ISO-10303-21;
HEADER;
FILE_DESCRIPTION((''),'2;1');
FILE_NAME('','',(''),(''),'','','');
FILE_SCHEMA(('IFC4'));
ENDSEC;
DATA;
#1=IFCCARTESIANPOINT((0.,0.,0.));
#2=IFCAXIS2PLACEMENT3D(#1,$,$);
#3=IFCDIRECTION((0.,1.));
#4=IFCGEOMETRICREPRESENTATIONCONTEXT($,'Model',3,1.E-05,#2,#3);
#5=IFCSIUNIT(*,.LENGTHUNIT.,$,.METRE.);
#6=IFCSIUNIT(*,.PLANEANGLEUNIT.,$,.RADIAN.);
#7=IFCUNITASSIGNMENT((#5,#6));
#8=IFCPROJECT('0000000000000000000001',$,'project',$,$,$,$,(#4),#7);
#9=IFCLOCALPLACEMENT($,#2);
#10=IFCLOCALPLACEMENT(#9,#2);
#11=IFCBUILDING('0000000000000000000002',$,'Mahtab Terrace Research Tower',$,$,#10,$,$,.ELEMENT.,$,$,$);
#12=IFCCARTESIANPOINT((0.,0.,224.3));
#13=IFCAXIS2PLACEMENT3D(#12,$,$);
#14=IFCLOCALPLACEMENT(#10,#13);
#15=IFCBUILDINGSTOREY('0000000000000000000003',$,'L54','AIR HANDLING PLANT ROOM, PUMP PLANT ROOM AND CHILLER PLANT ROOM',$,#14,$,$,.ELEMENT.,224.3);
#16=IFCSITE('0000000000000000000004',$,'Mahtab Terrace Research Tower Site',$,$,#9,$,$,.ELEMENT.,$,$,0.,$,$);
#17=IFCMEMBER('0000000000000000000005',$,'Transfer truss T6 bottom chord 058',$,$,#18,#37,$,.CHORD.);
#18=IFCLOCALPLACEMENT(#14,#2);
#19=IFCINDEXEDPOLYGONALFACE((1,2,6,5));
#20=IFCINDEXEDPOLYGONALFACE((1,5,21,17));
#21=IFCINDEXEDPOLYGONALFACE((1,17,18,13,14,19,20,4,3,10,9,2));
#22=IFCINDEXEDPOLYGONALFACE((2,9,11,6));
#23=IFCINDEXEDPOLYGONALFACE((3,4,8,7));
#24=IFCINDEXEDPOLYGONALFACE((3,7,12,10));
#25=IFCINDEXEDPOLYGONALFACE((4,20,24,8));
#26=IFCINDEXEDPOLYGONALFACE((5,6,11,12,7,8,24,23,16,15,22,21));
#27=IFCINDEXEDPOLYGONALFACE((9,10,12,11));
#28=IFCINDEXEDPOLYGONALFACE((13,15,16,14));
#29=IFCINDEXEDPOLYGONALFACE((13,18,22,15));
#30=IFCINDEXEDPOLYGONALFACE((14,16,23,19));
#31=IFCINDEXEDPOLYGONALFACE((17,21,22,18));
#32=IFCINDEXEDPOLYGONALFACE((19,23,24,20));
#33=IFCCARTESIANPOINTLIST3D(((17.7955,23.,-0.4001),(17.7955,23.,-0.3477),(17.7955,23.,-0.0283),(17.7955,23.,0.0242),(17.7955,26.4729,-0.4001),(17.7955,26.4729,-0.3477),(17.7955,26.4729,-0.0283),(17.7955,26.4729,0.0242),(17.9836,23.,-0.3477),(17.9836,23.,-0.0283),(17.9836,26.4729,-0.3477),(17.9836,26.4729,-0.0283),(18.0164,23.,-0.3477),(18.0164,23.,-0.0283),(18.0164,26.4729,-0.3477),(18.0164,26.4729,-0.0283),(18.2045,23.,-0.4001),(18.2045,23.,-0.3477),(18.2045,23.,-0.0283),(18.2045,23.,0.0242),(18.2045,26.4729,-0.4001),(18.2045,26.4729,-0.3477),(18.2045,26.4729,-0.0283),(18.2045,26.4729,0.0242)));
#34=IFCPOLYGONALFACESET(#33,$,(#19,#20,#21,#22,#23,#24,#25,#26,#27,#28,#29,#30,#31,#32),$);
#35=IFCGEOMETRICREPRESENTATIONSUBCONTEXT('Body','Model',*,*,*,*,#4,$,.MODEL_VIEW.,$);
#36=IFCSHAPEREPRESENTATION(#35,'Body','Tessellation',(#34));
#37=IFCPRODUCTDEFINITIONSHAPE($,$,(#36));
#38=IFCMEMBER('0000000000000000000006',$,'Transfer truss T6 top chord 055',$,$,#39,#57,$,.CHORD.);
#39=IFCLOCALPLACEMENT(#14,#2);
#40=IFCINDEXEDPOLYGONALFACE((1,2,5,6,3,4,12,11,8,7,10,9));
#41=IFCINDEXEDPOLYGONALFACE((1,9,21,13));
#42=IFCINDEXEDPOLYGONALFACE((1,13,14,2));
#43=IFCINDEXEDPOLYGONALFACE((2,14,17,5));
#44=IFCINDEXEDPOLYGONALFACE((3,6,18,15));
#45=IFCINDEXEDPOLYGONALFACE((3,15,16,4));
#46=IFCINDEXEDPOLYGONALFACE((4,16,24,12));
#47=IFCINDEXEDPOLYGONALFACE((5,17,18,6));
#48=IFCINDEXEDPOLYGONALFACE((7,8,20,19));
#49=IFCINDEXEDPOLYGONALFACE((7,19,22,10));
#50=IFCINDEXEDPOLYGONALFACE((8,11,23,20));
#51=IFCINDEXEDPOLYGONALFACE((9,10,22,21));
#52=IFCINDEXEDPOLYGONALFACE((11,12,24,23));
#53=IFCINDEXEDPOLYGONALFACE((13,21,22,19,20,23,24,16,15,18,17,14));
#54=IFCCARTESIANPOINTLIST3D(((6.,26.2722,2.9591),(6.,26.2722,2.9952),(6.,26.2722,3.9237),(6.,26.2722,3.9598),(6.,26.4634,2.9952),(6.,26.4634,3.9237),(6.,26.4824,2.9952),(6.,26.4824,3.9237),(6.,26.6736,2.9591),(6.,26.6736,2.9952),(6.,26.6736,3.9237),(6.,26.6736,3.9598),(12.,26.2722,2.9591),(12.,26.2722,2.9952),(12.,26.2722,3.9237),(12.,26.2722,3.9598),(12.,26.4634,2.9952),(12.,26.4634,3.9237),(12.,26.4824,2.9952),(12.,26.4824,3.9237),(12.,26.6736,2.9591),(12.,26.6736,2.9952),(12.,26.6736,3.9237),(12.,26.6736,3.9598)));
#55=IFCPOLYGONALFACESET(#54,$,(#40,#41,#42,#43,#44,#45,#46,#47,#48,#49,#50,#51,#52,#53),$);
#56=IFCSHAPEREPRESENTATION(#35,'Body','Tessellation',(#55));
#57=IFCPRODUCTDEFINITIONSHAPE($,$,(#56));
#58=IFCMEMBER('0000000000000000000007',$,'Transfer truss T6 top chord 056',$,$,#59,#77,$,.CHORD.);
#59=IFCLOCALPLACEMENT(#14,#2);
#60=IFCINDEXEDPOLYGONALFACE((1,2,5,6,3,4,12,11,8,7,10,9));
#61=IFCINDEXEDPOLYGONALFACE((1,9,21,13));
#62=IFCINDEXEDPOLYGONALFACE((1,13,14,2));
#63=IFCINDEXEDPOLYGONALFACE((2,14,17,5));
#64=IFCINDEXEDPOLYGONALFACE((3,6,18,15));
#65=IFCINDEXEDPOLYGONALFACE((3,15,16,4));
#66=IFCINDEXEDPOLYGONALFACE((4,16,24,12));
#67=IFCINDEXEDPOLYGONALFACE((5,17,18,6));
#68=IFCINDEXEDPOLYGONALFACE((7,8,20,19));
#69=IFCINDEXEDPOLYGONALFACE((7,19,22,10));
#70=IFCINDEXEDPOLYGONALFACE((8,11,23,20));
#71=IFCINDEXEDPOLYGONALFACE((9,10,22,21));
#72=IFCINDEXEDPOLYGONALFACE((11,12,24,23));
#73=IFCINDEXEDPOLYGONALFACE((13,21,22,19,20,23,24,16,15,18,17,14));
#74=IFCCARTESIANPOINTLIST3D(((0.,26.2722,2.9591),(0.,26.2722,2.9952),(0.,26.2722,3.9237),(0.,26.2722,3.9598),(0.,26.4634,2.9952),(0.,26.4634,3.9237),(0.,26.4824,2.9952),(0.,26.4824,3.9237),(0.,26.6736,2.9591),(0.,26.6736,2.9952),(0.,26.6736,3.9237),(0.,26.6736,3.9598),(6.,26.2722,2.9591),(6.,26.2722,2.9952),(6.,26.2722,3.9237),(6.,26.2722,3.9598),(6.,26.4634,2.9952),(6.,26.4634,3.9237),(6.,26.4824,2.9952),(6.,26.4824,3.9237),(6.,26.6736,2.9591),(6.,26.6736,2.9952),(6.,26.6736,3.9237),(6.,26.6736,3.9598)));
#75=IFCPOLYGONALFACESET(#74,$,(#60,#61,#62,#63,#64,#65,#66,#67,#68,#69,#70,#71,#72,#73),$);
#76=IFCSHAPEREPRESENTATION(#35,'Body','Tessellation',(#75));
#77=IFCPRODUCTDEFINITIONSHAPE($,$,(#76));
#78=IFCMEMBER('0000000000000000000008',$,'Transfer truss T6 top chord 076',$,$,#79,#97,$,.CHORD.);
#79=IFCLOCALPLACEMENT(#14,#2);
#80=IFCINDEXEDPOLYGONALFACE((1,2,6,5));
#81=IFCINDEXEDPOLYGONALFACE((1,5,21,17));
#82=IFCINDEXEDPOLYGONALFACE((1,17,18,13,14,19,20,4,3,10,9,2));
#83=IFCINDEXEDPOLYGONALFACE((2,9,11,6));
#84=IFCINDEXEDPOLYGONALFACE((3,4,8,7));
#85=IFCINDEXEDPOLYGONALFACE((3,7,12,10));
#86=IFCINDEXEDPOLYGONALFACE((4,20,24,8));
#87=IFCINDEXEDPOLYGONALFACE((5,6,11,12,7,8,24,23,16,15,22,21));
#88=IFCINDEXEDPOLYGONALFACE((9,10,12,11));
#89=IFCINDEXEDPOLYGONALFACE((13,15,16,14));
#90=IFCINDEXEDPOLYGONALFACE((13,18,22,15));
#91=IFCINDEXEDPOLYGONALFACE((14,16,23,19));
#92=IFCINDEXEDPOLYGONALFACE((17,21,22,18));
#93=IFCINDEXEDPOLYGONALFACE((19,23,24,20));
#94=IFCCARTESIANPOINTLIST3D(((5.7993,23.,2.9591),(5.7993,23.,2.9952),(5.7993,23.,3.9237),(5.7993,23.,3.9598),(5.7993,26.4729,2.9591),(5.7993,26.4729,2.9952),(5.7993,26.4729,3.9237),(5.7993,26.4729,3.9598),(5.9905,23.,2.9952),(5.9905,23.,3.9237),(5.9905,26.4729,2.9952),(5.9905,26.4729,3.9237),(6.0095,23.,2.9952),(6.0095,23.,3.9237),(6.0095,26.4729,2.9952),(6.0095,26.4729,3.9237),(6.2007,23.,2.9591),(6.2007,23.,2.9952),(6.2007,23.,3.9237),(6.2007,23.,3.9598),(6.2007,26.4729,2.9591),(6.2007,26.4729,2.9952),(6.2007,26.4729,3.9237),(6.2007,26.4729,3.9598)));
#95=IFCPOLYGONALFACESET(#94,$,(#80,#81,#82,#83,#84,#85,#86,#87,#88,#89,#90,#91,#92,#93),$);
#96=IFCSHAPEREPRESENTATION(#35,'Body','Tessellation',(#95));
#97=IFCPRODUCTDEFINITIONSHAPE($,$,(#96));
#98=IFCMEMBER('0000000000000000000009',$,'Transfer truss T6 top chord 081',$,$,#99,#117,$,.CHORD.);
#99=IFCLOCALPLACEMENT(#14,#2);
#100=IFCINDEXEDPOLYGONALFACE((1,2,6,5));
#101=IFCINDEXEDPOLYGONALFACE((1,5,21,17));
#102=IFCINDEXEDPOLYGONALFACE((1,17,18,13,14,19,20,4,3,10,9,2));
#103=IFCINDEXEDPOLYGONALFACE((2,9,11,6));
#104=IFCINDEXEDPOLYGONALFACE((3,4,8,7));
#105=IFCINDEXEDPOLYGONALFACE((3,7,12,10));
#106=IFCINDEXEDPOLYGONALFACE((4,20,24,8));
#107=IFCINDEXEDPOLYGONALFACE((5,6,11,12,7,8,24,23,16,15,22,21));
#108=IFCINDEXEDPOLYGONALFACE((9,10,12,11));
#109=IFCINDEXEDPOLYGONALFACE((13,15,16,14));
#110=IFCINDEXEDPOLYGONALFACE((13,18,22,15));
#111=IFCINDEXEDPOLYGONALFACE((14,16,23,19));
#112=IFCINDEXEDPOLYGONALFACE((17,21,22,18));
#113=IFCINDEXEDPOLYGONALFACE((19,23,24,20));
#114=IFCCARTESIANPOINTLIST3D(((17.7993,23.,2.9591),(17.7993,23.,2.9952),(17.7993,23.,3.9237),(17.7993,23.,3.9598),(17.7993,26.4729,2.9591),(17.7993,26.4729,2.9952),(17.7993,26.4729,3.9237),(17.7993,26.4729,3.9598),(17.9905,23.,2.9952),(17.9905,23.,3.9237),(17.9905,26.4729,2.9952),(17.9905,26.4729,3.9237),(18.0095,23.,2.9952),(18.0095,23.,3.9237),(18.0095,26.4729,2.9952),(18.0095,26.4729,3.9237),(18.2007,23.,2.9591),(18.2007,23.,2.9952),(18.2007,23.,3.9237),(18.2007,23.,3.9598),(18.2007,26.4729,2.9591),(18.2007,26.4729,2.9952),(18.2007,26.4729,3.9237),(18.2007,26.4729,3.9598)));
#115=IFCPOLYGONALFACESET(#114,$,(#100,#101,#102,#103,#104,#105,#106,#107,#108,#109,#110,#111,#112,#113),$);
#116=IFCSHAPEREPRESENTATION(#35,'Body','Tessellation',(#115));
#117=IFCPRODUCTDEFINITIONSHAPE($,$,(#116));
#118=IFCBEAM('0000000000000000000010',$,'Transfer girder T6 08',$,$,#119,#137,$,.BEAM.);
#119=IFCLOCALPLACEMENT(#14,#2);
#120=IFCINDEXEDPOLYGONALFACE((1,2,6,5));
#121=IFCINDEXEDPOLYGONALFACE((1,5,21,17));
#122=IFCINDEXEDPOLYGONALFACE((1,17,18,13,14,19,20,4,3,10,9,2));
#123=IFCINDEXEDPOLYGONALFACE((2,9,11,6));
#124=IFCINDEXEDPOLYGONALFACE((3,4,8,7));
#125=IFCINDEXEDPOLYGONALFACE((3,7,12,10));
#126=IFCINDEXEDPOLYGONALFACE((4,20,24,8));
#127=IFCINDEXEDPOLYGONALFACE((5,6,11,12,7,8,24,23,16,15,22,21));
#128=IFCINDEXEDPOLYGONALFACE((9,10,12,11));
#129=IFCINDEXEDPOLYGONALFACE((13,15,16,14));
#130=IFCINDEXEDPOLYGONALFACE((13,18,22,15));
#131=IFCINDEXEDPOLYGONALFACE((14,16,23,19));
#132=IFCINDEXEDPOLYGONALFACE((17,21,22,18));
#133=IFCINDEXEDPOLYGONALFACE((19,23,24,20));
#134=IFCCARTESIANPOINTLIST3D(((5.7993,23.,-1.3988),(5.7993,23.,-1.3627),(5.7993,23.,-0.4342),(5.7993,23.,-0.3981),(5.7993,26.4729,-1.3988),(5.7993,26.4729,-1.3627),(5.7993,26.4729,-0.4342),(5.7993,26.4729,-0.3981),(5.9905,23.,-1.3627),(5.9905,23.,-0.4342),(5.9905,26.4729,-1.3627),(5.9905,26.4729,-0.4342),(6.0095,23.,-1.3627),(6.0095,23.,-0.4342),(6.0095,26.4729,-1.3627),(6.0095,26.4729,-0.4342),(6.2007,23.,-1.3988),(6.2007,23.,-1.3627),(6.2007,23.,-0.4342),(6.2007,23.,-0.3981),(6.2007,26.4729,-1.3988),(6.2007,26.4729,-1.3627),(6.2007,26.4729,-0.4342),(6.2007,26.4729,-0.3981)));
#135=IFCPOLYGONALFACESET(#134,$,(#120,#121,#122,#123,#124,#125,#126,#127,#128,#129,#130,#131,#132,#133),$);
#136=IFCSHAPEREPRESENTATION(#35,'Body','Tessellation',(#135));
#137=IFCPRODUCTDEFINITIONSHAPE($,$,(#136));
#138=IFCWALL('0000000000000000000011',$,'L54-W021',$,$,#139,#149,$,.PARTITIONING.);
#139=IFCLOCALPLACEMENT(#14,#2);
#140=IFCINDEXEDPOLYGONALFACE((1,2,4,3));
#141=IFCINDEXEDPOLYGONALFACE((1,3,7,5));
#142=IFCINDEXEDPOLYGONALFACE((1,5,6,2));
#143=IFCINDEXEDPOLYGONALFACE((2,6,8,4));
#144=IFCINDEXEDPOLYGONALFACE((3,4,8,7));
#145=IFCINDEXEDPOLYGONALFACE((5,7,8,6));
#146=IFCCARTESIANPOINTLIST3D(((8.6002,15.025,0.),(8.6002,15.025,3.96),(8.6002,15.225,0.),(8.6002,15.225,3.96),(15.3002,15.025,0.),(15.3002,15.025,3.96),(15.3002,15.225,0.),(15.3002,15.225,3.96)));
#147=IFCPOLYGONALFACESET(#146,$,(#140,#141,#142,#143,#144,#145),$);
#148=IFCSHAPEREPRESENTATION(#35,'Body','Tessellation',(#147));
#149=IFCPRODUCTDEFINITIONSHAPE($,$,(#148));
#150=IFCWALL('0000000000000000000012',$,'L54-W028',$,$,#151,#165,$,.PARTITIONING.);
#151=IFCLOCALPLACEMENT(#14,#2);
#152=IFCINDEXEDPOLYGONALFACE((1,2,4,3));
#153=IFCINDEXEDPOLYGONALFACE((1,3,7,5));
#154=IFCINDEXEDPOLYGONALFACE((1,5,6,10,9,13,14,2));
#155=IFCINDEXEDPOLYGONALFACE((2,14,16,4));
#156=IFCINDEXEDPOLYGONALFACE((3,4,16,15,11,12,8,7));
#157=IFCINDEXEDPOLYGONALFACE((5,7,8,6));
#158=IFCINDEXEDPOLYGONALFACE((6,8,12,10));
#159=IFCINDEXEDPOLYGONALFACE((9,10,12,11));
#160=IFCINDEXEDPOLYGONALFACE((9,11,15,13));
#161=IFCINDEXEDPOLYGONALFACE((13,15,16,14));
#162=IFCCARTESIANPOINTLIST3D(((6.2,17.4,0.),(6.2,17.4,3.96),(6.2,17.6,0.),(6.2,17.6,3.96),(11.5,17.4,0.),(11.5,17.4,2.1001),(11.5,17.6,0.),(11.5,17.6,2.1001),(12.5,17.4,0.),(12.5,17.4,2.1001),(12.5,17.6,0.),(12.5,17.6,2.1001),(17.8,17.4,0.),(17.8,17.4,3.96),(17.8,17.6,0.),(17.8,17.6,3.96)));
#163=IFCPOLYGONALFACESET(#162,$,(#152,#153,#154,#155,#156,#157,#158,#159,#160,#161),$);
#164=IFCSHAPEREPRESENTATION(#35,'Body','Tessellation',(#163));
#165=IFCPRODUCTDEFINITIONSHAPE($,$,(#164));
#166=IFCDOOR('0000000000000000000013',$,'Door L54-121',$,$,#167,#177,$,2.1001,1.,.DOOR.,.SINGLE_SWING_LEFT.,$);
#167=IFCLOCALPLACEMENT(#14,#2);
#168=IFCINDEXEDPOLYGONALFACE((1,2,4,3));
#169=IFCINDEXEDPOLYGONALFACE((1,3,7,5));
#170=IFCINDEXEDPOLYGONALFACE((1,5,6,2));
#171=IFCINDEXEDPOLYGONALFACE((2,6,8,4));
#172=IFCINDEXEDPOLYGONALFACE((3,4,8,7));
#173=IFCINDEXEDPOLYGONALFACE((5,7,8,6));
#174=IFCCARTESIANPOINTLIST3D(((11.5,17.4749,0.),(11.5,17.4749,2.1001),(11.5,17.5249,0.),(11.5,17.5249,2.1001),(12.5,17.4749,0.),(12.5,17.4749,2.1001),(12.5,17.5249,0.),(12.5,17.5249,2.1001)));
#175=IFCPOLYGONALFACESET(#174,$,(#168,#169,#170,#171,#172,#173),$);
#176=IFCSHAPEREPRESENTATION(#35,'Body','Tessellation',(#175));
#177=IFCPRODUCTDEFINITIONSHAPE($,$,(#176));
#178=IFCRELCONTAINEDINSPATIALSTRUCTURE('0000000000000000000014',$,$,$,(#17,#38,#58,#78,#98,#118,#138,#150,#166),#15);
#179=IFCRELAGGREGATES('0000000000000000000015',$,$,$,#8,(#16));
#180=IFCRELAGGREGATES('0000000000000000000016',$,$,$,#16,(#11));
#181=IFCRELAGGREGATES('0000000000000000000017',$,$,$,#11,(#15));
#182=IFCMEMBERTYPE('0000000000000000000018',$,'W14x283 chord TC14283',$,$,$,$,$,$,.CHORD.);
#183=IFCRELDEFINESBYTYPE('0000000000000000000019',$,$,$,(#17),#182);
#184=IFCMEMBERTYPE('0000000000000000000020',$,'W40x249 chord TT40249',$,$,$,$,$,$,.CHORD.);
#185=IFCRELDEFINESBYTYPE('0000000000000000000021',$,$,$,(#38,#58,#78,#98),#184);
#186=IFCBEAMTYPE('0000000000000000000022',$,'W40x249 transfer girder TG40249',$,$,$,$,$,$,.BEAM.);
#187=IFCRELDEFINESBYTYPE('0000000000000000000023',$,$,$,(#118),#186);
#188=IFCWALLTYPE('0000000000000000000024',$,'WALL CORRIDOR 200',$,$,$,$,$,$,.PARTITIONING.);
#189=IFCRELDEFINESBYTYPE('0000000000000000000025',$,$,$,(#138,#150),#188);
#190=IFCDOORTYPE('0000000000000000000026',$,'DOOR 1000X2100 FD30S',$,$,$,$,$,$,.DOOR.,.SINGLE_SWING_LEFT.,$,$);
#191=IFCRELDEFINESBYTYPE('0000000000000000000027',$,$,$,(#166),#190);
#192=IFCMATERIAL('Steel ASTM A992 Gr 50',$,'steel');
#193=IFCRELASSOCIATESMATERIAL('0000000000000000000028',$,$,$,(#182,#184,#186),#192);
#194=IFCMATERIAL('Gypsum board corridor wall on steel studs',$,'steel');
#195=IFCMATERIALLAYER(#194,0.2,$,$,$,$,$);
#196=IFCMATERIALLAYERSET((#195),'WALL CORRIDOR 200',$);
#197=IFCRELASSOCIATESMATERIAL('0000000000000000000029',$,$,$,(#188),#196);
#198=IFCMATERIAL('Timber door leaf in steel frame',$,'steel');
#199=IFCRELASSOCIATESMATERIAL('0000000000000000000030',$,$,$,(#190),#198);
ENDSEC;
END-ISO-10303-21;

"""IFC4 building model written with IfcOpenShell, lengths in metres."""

from ifc_helpers import new_model, si_unit, direction, frame, frame_2d, origin, origin_2d, place, context, subcontext, project, spatial, rectangle, i_section, extrude, material, layer, layer_set, material_profile, profile_set, type_object, element, fill, save


model = new_model("IFC4")

# Units and contexts
model_context = context("Model", 3, precision=1e-05, world=origin(), true_north=direction((0.0, 1.0)))
body_context = subcontext(model_context, "Body", "Model", "MODEL_VIEW")
ifc_project = project(units=[si_unit("LENGTHUNIT", "METRE"), si_unit("PLANEANGLEUNIT", "RADIAN")], contexts=[model_context])

# Site, building, storey
site_placement = place(None, origin())
site = spatial("IfcSite", under=ifc_project, at=site_placement, Name="Mahtab Terrace Research Tower Site", CompositionType="ELEMENT", RefElevation=0.0)
building_placement = place(site_placement, origin())
building = spatial("IfcBuilding", under=site, at=building_placement, Name="Mahtab Terrace Research Tower", CompositionType="ELEMENT")
storey_placement = place(building_placement, frame((0.0, 0.0, 224.3)))
storey = spatial("IfcBuildingStorey", under=building, at=storey_placement, Name="L54", Description="AIR HANDLING PLANT ROOM, PUMP PLANT ROOM AND CHILLER PLANT ROOM", CompositionType="ELEMENT", Elevation=224.3)

# Members
ifc_material_1 = material(Name="Steel ASTM A992 Gr 50", Category="steel")
ifc_material_profile_1 = material_profile(ifc_material_1, i_section(OverallWidth=0.4089, OverallDepth=0.4243, WebThickness=0.0327, FlangeThickness=0.0525, at=origin_2d()), Name="W14X283")
ifc_profile_set_1 = profile_set([ifc_material_profile_1], Name="Steel ASTM A992 Gr 50")
member_type_1 = type_object("IfcMemberType", Name="W14x283 chord TC14283", PredefinedType="CHORD", material=ifc_profile_set_1)
member_1_placement = place(storey_placement, frame((18.0, 23.0, -0.188), z_axis=(0.0, 1.0, 0.0), x_axis=(-1.0, 0.0, 0.0)))
element("IfcMember", 1, at=member_1_placement, inside=storey, type_object=member_type_1, Name="Transfer truss T6 bottom chord 058", PredefinedType="CHORD", context=body_context, shape_type="SweptSolid", body=[
    extrude(i_section(OverallWidth=0.4089, OverallDepth=0.4243, WebThickness=0.0327, FlangeThickness=0.0525, at=origin_2d()), origin(), (0.0, 0.0, 1.0), 3.4729),
])
ifc_material_profile_2 = material_profile(ifc_material_1, i_section(OverallWidth=0.4014, OverallDepth=1.0007, WebThickness=0.019, FlangeThickness=0.0361, at=origin_2d()), Name="W40X249")
ifc_profile_set_2 = profile_set([ifc_material_profile_2], Name="Steel ASTM A992 Gr 50")
member_type_2 = type_object("IfcMemberType", Name="W40x249 chord TT40249", PredefinedType="CHORD", material=ifc_profile_set_2)
for number, where, z_axis, x_axis, name in (
    (2, (12.0, 26.4729, 3.4595), (-1.0, 0.0, 0.0), (0.0, -1.0, 0.0), "Transfer truss T6 top chord 055"),
    (3, (6.0, 26.4729, 3.4595), (-1.0, 0.0, 0.0), (0.0, -1.0, 0.0), "Transfer truss T6 top chord 056"),
):
    element("IfcMember", number, at=place(storey_placement, frame(where, z_axis=z_axis, x_axis=x_axis)), inside=storey, type_object=member_type_2, Name=name, PredefinedType="CHORD", context=body_context, shape_type="SweptSolid", body=[
        extrude(i_section(OverallWidth=0.4014, OverallDepth=1.0007, WebThickness=0.019, FlangeThickness=0.0361, at=origin_2d()), origin(), (0.0, 0.0, 1.0), 6.0),
    ])
for number, where, z_axis, x_axis, name in (
    (4, (6.0, 23.0, 3.4595), (0.0, 1.0, 0.0), (-1.0, 0.0, 0.0), "Transfer truss T6 top chord 076"),
    (5, (18.0, 23.0, 3.4595), (0.0, 1.0, 0.0), (-1.0, 0.0, 0.0), "Transfer truss T6 top chord 081"),
):
    element("IfcMember", number, at=place(storey_placement, frame(where, z_axis=z_axis, x_axis=x_axis)), inside=storey, type_object=member_type_2, Name=name, PredefinedType="CHORD", context=body_context, shape_type="SweptSolid", body=[
        extrude(i_section(OverallWidth=0.4014, OverallDepth=1.0007, WebThickness=0.019, FlangeThickness=0.0361, at=origin_2d()), origin(), (0.0, 0.0, 1.0), 3.4729),
    ])

# Beam
ifc_material_profile_3 = material_profile(ifc_material_1, i_section(OverallWidth=0.4014, OverallDepth=1.0007, WebThickness=0.019, FlangeThickness=0.0361, at=origin_2d()), Name="W40X249")
ifc_profile_set_3 = profile_set([ifc_material_profile_3], Name="Steel ASTM A992 Gr 50")
beam_type = type_object("IfcBeamType", Name="W40x249 transfer girder TG40249", PredefinedType="BEAM", material=ifc_profile_set_3)
beam_placement = place(storey_placement, frame((6.0, 23.0, -0.8984), z_axis=(0.0, 1.0, 0.0), x_axis=(-1.0, 0.0, 0.0)))
element("IfcBeam", 6, at=beam_placement, inside=storey, type_object=beam_type, Name="Transfer girder T6 08", PredefinedType="BEAM", context=body_context, shape_type="SweptSolid", body=[
    extrude(i_section(OverallWidth=0.4014, OverallDepth=1.0007, WebThickness=0.019, FlangeThickness=0.0361, at=origin_2d()), origin(), (0.0, 0.0, 1.0), 3.4729),
])

# Wall
ifc_material_2 = material(Name="Gypsum board corridor wall on steel studs", Category="steel")
ifc_layer_1 = layer(ifc_material_2, 0.2)
ifc_layer_set_1 = layer_set([ifc_layer_1], Name="WALL CORRIDOR 200")
wall_type = type_object("IfcWallType", Name="WALL CORRIDOR 200", PredefinedType="PARTITIONING", material=ifc_layer_set_1)
wall_1_placement = place(storey_placement, frame((8.6001, 15.125, 0.0), z_axis=(0.0, 0.0, 1.0), x_axis=(1.0, 0.0, 0.0)))
element("IfcWall", 7, at=wall_1_placement, inside=storey, type_object=wall_type, Name="L54-W021", PredefinedType="PARTITIONING", context=body_context, shape_type="SweptSolid", body=[
    extrude(rectangle(XDim=6.7, YDim=0.2, at=frame_2d((3.3501, 0.0))), origin(), (0.0, 0.0, 1.0), 3.96),
])

# Wall, opening, door
wall_2_placement = place(storey_placement, frame((6.2, 17.5, 0.0), z_axis=(0.0, 0.0, 1.0), x_axis=(1.0, 0.0, 0.0)))
wall_2 = element("IfcWall", 8, at=wall_2_placement, inside=storey, type_object=wall_type, Name="L54-W028", PredefinedType="PARTITIONING", context=body_context, shape_type="SweptSolid", body=[
    extrude(rectangle(XDim=11.6001, YDim=0.2, at=frame_2d((5.8, 0.0))), origin(), (0.0, 0.0, 1.0), 3.96),
])
opening_placement = place(wall_2_placement, frame((5.3, 0.0, 0.0)))
opening = element("IfcOpeningElement", 9, at=opening_placement, cuts=wall_2, PredefinedType="OPENING", context=body_context, shape_type="SweptSolid", body=[
    extrude(rectangle(XDim=1.0, YDim=2.1001, at=frame_2d((0.5, 1.05))), frame((0.0, 0.1099, 0.0), z_axis=(0.0, -1.0, 0.0), x_axis=(1.0, 0.0, 0.0)), (0.0, 0.0, 1.0), 0.22),
])
ifc_material_3 = material(Name="Timber door leaf in steel frame", Category="steel")
door_type = type_object("IfcDoorType", Name="DOOR 1000X2100 FD30S", OperationType="SINGLE_SWING_LEFT", PredefinedType="DOOR", material=ifc_material_3)
door_placement = place(opening_placement, origin())
door = element("IfcDoor", 10, at=door_placement, inside=storey, type_object=door_type, Name="Door L54-121", OperationType="SINGLE_SWING_LEFT", OverallHeight=2.1001, OverallWidth=1.0, PredefinedType="DOOR", context=body_context, shape_type="SweptSolid", body=[
    extrude(rectangle(XDim=1.0, YDim=2.1001, at=frame_2d((0.5, 1.05))), frame((0.0, 0.0249, 0.0), z_axis=(0.0, -1.0, 0.0), x_axis=(1.0, 0.0, 0.0)), (0.0, 0.0, 1.0), 0.05),
])
fill(opening, door)

save(model, "model.ifc")
